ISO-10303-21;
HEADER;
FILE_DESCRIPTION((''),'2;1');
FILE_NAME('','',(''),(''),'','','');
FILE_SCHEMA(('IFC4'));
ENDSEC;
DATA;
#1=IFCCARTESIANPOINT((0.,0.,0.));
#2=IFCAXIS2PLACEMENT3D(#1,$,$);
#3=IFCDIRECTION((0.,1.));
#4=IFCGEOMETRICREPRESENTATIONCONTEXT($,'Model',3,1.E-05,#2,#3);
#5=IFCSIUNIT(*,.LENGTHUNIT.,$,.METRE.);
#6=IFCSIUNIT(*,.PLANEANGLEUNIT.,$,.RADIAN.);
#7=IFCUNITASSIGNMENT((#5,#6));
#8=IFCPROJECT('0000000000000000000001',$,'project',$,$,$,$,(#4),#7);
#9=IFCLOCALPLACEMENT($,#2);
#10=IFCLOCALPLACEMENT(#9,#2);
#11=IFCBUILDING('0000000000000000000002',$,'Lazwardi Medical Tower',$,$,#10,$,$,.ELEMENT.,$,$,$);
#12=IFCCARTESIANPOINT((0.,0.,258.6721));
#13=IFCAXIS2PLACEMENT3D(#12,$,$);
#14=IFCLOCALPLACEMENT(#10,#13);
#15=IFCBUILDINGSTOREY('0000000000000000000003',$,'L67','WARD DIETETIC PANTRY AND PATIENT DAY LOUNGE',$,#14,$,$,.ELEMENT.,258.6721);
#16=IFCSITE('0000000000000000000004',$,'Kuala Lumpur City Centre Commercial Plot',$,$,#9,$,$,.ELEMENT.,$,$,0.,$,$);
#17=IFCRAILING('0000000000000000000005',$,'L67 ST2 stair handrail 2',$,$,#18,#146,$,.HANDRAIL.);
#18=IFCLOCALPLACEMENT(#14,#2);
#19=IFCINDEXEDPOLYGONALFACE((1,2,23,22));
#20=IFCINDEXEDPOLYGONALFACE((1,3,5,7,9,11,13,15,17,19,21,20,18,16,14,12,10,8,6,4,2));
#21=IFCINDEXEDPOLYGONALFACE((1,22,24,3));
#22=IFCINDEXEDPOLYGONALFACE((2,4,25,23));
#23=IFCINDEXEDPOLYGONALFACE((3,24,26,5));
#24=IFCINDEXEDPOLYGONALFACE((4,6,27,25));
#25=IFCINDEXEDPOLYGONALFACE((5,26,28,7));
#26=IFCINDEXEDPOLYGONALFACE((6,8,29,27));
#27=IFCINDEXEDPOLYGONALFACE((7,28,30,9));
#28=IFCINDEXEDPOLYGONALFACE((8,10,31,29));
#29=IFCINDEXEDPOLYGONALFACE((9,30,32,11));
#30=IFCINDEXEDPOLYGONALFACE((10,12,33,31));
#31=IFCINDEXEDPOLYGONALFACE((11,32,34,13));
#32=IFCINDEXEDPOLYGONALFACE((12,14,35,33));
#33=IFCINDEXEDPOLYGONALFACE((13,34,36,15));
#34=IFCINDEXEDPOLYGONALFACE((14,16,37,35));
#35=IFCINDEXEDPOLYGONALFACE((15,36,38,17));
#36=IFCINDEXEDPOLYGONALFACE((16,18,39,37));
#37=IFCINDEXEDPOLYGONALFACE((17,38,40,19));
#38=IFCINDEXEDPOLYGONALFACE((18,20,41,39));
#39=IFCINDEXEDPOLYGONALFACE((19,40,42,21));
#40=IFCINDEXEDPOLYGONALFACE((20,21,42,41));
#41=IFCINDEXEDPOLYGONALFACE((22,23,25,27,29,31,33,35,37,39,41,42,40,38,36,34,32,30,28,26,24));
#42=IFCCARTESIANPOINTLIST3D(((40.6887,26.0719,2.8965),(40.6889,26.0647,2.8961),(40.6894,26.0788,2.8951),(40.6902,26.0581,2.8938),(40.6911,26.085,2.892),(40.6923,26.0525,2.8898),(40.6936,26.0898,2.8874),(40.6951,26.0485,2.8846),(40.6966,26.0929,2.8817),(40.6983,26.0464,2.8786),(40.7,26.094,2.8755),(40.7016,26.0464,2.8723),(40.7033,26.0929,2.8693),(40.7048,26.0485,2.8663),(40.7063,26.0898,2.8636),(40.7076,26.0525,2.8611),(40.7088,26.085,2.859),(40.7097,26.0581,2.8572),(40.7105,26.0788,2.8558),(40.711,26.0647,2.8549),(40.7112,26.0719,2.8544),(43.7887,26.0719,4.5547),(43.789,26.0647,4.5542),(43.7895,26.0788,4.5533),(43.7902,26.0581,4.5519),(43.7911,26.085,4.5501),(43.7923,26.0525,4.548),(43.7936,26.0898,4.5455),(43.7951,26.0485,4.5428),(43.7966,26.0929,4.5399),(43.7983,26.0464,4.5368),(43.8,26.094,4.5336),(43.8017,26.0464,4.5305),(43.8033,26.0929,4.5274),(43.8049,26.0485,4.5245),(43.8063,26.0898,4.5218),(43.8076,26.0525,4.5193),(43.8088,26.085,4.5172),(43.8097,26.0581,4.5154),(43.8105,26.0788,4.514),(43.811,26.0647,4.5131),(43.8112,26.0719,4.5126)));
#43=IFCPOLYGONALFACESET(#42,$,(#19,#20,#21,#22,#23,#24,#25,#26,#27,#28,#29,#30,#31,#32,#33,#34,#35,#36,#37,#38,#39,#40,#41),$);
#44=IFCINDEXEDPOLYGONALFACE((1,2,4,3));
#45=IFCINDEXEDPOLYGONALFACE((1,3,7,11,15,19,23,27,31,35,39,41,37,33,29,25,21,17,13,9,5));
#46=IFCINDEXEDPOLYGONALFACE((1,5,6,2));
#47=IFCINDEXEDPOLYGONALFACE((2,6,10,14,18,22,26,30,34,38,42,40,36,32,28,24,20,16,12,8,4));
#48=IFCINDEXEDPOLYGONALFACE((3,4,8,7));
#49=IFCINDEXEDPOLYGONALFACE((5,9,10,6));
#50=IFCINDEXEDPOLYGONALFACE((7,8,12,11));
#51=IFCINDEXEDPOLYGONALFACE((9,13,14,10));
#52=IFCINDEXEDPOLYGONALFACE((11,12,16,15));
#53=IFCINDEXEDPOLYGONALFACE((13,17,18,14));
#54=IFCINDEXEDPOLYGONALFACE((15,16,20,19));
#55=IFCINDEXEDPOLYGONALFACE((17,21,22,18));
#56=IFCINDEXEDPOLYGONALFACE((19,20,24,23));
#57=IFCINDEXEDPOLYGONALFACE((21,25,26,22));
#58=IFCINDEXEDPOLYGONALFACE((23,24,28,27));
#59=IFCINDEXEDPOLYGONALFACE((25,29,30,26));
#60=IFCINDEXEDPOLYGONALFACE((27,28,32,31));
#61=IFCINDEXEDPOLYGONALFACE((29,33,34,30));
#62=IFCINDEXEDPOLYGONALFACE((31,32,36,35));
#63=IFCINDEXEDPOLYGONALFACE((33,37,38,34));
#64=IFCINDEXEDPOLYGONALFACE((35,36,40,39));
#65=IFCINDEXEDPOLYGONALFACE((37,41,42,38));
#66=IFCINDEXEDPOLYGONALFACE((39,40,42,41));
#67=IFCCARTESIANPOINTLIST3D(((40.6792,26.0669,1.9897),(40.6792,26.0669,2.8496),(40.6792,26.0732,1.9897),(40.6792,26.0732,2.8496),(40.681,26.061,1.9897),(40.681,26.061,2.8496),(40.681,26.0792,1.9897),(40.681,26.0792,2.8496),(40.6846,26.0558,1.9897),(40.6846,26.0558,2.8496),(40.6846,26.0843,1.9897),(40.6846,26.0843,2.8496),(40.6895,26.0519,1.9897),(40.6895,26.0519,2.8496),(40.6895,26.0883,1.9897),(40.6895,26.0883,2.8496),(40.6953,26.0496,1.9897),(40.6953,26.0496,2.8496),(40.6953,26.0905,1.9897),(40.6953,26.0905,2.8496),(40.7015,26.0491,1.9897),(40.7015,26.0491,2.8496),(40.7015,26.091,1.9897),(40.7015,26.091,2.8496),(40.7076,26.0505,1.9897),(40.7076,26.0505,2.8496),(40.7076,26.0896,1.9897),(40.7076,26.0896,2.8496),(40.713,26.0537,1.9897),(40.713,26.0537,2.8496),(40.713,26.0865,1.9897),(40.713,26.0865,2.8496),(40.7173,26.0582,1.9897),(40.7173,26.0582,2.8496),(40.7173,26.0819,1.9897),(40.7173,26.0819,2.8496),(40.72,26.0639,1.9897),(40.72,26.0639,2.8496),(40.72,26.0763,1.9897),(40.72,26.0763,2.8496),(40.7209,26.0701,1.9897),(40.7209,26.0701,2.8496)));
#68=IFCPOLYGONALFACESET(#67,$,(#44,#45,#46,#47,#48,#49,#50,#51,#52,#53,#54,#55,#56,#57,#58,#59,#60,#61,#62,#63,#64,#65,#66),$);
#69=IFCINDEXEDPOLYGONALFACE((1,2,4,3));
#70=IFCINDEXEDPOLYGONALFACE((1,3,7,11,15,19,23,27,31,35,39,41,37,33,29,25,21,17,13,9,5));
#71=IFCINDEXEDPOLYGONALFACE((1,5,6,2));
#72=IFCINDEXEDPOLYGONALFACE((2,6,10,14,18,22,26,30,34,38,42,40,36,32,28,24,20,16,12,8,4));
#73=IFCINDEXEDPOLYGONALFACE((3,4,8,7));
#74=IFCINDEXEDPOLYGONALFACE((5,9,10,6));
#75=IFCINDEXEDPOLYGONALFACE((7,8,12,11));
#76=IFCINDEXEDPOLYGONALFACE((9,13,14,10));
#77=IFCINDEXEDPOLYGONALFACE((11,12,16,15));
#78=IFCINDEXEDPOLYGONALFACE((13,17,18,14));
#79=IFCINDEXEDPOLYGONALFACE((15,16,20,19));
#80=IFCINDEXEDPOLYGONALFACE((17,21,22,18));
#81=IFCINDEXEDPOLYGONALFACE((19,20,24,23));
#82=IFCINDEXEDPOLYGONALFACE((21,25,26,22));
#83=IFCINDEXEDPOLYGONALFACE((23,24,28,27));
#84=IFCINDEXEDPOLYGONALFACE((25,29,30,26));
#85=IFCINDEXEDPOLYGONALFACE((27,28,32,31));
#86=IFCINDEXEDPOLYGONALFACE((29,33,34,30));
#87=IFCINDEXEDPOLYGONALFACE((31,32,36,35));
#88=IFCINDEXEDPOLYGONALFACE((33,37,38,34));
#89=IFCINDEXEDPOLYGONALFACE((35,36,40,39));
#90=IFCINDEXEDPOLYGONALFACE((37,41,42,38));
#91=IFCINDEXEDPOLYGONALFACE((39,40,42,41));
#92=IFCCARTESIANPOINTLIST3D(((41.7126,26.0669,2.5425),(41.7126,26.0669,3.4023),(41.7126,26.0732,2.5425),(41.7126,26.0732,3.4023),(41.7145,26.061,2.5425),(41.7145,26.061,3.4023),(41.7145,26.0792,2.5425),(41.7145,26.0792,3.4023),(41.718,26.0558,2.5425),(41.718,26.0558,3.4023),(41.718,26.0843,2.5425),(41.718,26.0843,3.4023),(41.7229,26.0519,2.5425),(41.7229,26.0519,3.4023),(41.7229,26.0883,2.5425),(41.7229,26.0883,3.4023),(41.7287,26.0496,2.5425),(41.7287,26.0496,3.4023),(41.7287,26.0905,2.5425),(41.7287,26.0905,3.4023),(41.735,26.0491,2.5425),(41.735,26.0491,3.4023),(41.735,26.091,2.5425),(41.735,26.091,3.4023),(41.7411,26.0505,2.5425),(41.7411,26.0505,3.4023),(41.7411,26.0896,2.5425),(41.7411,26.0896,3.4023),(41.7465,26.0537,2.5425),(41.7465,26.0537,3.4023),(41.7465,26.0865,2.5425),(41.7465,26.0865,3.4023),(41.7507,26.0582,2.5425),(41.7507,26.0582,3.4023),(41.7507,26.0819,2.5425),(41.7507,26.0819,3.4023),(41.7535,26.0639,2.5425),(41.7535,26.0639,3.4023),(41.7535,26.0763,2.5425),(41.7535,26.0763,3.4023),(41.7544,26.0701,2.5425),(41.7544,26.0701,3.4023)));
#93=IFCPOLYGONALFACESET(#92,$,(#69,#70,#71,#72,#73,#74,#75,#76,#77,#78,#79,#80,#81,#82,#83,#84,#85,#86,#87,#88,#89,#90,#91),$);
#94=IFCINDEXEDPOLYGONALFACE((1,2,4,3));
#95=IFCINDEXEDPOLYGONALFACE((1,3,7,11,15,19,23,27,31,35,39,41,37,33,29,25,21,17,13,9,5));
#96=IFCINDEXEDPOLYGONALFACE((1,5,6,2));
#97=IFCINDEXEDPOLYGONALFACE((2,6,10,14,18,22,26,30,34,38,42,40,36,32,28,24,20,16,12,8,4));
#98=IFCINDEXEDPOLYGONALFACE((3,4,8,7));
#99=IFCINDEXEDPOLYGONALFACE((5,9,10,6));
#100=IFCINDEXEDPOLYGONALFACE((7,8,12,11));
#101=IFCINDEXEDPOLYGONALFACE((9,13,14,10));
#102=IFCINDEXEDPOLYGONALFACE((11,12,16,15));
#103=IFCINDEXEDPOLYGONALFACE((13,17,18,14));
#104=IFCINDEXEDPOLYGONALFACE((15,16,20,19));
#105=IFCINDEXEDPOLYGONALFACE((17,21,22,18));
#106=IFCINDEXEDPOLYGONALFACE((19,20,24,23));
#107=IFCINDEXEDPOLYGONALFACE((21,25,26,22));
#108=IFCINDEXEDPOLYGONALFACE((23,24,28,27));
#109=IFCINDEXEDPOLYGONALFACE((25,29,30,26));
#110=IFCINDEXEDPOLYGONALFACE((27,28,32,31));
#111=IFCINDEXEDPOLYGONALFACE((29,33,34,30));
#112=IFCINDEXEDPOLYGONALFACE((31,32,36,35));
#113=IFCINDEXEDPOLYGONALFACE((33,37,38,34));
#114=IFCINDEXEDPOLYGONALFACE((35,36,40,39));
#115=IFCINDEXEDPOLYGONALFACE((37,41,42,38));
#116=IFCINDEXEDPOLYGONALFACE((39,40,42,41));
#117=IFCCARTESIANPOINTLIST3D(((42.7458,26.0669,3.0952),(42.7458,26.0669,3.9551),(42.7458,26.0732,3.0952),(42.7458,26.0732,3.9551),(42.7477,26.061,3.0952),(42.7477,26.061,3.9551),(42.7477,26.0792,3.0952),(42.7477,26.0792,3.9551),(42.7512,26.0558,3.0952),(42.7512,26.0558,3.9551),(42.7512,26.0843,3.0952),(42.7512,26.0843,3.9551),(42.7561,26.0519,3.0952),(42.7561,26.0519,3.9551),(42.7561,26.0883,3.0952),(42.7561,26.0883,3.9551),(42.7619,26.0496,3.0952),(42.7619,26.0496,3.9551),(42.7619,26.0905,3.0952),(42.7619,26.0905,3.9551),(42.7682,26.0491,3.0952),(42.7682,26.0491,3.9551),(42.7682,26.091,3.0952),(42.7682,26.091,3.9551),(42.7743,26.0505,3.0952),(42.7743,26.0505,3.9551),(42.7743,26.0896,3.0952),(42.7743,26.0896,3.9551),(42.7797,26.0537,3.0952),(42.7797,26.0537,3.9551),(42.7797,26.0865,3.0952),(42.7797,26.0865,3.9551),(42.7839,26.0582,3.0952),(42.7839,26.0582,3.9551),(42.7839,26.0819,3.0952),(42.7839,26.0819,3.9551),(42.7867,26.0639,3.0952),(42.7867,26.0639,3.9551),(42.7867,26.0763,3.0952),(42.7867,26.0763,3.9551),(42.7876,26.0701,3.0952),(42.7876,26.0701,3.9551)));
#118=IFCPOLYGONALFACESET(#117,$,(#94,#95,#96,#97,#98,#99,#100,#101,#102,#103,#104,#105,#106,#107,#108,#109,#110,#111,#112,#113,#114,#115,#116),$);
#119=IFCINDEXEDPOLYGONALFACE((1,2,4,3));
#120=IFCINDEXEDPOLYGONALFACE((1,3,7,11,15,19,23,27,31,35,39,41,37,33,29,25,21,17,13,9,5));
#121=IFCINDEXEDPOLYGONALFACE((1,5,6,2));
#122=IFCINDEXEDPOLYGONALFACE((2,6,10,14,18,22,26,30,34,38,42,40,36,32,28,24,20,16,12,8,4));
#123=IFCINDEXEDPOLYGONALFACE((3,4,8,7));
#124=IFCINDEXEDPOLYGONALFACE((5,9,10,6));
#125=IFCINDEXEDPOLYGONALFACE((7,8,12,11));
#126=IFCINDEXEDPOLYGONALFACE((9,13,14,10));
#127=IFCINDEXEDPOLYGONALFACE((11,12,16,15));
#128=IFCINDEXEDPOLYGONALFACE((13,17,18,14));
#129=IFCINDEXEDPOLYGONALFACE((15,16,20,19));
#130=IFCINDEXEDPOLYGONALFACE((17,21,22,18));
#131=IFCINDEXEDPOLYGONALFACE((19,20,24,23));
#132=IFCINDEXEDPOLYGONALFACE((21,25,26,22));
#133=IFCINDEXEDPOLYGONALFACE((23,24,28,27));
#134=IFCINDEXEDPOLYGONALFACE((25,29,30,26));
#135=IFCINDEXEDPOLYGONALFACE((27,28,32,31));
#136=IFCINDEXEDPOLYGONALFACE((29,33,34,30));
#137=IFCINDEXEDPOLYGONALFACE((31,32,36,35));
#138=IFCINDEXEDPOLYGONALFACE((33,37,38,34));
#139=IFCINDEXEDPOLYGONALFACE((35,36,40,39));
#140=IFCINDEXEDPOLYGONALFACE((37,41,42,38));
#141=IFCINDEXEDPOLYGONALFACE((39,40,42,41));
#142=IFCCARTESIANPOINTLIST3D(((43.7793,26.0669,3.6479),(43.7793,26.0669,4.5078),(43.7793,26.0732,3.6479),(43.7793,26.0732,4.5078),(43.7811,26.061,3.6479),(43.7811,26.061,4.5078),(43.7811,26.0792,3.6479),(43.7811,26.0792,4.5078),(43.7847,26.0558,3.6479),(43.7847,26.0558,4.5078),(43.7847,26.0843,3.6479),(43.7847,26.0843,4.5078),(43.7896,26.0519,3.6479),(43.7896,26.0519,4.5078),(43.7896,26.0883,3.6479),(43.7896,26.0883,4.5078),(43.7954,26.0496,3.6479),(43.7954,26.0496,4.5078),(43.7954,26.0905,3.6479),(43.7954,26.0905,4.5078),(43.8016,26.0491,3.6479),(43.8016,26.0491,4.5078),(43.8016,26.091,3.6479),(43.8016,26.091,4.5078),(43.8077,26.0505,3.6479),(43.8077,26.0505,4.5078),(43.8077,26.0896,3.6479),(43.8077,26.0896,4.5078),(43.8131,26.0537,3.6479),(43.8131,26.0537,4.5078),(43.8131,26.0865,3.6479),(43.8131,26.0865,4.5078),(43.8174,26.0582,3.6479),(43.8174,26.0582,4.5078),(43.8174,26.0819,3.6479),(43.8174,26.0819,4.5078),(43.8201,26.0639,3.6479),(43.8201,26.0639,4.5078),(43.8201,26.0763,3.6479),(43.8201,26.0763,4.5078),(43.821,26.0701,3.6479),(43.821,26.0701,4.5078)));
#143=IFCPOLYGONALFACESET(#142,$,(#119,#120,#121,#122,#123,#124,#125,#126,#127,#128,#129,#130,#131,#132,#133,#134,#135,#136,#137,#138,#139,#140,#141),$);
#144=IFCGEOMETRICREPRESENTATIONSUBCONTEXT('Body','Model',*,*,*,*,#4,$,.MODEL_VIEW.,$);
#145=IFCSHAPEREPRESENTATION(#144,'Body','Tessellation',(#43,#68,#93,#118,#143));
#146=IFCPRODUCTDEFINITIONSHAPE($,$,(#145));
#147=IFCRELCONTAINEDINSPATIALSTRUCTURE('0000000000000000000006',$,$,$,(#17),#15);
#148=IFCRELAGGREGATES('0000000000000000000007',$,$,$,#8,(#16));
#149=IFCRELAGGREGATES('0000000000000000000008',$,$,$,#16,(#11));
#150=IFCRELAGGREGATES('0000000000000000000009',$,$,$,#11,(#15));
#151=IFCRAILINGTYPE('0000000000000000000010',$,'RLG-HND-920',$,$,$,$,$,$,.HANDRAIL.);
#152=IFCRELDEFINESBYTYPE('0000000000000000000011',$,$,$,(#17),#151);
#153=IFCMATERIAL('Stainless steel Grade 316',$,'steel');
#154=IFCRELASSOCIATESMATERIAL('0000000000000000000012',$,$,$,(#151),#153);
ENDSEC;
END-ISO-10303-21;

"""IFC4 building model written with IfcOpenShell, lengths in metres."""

from ifc_helpers import new_model, si_unit, direction, frame, origin, origin_2d, place, context, subcontext, project, spatial, circle, extrude, material, type_object, element, save


model = new_model("IFC4")

# Units and contexts
model_context = context("Model", 3, precision=1e-05, world=origin(), true_north=direction((0.0, 1.0)))
body_context = subcontext(model_context, "Body", "Model", "MODEL_VIEW")
ifc_project = project(units=[si_unit("LENGTHUNIT", "METRE"), si_unit("PLANEANGLEUNIT", "RADIAN")], contexts=[model_context])

# Site, building, storey
site_placement = place(None, origin())
site = spatial("IfcSite", under=ifc_project, at=site_placement, Name="Kuala Lumpur City Centre Commercial Plot", CompositionType="ELEMENT", RefElevation=0.0)
building_placement = place(site_placement, origin())
building = spatial("IfcBuilding", under=site, at=building_placement, Name="Lazwardi Medical Tower", CompositionType="ELEMENT")
storey_placement = place(building_placement, frame((0.0, 0.0, 258.6721)))
storey = spatial("IfcBuildingStorey", under=building, at=storey_placement, Name="L67", Description="WARD DIETETIC PANTRY AND PATIENT DAY LOUNGE", CompositionType="ELEMENT", Elevation=258.6721)

# Railing
ifc_material_1 = material(Name="Stainless steel Grade 316", Category="steel")
railing_type_1 = type_object("IfcRailingType", Name="RLG-HND-920", PredefinedType="HANDRAIL", material=ifc_material_1)
railing_1_placement = place(storey_placement, frame((40.7, 26.0701, 1.9897)))
element("IfcRailing", 1, at=railing_1_placement, inside=storey, type_object=railing_type_1, Name="L67 ST2 stair handrail 2", PredefinedType="HANDRAIL", context=body_context, shape_type="SweptSolid", body=[
    extrude(circle(Radius=0.0239, at=origin_2d()), frame((0.0, 0.0, 0.8857), z_axis=(0.881783, 0.0, 0.471655), x_axis=(0.0, 1.0, 0.0)), (0.0, 0.0, 1.0), 3.5156),
    extrude(circle(Radius=0.021, at=origin_2d()), origin(), (0.0, 0.0, 1.0), 0.8599),
    extrude(circle(Radius=0.021, at=origin_2d()), frame((1.0334, 0.0, 0.5527)), (0.0, 0.0, 1.0), 0.8599),
    extrude(circle(Radius=0.021, at=origin_2d()), frame((2.0667, 0.0, 1.1055)), (0.0, 0.0, 1.0), 0.8599),
    extrude(circle(Radius=0.021, at=origin_2d()), frame((3.1001, 0.0, 1.6582)), (0.0, 0.0, 1.0), 0.8599),
])

save(model, "model.ifc")
